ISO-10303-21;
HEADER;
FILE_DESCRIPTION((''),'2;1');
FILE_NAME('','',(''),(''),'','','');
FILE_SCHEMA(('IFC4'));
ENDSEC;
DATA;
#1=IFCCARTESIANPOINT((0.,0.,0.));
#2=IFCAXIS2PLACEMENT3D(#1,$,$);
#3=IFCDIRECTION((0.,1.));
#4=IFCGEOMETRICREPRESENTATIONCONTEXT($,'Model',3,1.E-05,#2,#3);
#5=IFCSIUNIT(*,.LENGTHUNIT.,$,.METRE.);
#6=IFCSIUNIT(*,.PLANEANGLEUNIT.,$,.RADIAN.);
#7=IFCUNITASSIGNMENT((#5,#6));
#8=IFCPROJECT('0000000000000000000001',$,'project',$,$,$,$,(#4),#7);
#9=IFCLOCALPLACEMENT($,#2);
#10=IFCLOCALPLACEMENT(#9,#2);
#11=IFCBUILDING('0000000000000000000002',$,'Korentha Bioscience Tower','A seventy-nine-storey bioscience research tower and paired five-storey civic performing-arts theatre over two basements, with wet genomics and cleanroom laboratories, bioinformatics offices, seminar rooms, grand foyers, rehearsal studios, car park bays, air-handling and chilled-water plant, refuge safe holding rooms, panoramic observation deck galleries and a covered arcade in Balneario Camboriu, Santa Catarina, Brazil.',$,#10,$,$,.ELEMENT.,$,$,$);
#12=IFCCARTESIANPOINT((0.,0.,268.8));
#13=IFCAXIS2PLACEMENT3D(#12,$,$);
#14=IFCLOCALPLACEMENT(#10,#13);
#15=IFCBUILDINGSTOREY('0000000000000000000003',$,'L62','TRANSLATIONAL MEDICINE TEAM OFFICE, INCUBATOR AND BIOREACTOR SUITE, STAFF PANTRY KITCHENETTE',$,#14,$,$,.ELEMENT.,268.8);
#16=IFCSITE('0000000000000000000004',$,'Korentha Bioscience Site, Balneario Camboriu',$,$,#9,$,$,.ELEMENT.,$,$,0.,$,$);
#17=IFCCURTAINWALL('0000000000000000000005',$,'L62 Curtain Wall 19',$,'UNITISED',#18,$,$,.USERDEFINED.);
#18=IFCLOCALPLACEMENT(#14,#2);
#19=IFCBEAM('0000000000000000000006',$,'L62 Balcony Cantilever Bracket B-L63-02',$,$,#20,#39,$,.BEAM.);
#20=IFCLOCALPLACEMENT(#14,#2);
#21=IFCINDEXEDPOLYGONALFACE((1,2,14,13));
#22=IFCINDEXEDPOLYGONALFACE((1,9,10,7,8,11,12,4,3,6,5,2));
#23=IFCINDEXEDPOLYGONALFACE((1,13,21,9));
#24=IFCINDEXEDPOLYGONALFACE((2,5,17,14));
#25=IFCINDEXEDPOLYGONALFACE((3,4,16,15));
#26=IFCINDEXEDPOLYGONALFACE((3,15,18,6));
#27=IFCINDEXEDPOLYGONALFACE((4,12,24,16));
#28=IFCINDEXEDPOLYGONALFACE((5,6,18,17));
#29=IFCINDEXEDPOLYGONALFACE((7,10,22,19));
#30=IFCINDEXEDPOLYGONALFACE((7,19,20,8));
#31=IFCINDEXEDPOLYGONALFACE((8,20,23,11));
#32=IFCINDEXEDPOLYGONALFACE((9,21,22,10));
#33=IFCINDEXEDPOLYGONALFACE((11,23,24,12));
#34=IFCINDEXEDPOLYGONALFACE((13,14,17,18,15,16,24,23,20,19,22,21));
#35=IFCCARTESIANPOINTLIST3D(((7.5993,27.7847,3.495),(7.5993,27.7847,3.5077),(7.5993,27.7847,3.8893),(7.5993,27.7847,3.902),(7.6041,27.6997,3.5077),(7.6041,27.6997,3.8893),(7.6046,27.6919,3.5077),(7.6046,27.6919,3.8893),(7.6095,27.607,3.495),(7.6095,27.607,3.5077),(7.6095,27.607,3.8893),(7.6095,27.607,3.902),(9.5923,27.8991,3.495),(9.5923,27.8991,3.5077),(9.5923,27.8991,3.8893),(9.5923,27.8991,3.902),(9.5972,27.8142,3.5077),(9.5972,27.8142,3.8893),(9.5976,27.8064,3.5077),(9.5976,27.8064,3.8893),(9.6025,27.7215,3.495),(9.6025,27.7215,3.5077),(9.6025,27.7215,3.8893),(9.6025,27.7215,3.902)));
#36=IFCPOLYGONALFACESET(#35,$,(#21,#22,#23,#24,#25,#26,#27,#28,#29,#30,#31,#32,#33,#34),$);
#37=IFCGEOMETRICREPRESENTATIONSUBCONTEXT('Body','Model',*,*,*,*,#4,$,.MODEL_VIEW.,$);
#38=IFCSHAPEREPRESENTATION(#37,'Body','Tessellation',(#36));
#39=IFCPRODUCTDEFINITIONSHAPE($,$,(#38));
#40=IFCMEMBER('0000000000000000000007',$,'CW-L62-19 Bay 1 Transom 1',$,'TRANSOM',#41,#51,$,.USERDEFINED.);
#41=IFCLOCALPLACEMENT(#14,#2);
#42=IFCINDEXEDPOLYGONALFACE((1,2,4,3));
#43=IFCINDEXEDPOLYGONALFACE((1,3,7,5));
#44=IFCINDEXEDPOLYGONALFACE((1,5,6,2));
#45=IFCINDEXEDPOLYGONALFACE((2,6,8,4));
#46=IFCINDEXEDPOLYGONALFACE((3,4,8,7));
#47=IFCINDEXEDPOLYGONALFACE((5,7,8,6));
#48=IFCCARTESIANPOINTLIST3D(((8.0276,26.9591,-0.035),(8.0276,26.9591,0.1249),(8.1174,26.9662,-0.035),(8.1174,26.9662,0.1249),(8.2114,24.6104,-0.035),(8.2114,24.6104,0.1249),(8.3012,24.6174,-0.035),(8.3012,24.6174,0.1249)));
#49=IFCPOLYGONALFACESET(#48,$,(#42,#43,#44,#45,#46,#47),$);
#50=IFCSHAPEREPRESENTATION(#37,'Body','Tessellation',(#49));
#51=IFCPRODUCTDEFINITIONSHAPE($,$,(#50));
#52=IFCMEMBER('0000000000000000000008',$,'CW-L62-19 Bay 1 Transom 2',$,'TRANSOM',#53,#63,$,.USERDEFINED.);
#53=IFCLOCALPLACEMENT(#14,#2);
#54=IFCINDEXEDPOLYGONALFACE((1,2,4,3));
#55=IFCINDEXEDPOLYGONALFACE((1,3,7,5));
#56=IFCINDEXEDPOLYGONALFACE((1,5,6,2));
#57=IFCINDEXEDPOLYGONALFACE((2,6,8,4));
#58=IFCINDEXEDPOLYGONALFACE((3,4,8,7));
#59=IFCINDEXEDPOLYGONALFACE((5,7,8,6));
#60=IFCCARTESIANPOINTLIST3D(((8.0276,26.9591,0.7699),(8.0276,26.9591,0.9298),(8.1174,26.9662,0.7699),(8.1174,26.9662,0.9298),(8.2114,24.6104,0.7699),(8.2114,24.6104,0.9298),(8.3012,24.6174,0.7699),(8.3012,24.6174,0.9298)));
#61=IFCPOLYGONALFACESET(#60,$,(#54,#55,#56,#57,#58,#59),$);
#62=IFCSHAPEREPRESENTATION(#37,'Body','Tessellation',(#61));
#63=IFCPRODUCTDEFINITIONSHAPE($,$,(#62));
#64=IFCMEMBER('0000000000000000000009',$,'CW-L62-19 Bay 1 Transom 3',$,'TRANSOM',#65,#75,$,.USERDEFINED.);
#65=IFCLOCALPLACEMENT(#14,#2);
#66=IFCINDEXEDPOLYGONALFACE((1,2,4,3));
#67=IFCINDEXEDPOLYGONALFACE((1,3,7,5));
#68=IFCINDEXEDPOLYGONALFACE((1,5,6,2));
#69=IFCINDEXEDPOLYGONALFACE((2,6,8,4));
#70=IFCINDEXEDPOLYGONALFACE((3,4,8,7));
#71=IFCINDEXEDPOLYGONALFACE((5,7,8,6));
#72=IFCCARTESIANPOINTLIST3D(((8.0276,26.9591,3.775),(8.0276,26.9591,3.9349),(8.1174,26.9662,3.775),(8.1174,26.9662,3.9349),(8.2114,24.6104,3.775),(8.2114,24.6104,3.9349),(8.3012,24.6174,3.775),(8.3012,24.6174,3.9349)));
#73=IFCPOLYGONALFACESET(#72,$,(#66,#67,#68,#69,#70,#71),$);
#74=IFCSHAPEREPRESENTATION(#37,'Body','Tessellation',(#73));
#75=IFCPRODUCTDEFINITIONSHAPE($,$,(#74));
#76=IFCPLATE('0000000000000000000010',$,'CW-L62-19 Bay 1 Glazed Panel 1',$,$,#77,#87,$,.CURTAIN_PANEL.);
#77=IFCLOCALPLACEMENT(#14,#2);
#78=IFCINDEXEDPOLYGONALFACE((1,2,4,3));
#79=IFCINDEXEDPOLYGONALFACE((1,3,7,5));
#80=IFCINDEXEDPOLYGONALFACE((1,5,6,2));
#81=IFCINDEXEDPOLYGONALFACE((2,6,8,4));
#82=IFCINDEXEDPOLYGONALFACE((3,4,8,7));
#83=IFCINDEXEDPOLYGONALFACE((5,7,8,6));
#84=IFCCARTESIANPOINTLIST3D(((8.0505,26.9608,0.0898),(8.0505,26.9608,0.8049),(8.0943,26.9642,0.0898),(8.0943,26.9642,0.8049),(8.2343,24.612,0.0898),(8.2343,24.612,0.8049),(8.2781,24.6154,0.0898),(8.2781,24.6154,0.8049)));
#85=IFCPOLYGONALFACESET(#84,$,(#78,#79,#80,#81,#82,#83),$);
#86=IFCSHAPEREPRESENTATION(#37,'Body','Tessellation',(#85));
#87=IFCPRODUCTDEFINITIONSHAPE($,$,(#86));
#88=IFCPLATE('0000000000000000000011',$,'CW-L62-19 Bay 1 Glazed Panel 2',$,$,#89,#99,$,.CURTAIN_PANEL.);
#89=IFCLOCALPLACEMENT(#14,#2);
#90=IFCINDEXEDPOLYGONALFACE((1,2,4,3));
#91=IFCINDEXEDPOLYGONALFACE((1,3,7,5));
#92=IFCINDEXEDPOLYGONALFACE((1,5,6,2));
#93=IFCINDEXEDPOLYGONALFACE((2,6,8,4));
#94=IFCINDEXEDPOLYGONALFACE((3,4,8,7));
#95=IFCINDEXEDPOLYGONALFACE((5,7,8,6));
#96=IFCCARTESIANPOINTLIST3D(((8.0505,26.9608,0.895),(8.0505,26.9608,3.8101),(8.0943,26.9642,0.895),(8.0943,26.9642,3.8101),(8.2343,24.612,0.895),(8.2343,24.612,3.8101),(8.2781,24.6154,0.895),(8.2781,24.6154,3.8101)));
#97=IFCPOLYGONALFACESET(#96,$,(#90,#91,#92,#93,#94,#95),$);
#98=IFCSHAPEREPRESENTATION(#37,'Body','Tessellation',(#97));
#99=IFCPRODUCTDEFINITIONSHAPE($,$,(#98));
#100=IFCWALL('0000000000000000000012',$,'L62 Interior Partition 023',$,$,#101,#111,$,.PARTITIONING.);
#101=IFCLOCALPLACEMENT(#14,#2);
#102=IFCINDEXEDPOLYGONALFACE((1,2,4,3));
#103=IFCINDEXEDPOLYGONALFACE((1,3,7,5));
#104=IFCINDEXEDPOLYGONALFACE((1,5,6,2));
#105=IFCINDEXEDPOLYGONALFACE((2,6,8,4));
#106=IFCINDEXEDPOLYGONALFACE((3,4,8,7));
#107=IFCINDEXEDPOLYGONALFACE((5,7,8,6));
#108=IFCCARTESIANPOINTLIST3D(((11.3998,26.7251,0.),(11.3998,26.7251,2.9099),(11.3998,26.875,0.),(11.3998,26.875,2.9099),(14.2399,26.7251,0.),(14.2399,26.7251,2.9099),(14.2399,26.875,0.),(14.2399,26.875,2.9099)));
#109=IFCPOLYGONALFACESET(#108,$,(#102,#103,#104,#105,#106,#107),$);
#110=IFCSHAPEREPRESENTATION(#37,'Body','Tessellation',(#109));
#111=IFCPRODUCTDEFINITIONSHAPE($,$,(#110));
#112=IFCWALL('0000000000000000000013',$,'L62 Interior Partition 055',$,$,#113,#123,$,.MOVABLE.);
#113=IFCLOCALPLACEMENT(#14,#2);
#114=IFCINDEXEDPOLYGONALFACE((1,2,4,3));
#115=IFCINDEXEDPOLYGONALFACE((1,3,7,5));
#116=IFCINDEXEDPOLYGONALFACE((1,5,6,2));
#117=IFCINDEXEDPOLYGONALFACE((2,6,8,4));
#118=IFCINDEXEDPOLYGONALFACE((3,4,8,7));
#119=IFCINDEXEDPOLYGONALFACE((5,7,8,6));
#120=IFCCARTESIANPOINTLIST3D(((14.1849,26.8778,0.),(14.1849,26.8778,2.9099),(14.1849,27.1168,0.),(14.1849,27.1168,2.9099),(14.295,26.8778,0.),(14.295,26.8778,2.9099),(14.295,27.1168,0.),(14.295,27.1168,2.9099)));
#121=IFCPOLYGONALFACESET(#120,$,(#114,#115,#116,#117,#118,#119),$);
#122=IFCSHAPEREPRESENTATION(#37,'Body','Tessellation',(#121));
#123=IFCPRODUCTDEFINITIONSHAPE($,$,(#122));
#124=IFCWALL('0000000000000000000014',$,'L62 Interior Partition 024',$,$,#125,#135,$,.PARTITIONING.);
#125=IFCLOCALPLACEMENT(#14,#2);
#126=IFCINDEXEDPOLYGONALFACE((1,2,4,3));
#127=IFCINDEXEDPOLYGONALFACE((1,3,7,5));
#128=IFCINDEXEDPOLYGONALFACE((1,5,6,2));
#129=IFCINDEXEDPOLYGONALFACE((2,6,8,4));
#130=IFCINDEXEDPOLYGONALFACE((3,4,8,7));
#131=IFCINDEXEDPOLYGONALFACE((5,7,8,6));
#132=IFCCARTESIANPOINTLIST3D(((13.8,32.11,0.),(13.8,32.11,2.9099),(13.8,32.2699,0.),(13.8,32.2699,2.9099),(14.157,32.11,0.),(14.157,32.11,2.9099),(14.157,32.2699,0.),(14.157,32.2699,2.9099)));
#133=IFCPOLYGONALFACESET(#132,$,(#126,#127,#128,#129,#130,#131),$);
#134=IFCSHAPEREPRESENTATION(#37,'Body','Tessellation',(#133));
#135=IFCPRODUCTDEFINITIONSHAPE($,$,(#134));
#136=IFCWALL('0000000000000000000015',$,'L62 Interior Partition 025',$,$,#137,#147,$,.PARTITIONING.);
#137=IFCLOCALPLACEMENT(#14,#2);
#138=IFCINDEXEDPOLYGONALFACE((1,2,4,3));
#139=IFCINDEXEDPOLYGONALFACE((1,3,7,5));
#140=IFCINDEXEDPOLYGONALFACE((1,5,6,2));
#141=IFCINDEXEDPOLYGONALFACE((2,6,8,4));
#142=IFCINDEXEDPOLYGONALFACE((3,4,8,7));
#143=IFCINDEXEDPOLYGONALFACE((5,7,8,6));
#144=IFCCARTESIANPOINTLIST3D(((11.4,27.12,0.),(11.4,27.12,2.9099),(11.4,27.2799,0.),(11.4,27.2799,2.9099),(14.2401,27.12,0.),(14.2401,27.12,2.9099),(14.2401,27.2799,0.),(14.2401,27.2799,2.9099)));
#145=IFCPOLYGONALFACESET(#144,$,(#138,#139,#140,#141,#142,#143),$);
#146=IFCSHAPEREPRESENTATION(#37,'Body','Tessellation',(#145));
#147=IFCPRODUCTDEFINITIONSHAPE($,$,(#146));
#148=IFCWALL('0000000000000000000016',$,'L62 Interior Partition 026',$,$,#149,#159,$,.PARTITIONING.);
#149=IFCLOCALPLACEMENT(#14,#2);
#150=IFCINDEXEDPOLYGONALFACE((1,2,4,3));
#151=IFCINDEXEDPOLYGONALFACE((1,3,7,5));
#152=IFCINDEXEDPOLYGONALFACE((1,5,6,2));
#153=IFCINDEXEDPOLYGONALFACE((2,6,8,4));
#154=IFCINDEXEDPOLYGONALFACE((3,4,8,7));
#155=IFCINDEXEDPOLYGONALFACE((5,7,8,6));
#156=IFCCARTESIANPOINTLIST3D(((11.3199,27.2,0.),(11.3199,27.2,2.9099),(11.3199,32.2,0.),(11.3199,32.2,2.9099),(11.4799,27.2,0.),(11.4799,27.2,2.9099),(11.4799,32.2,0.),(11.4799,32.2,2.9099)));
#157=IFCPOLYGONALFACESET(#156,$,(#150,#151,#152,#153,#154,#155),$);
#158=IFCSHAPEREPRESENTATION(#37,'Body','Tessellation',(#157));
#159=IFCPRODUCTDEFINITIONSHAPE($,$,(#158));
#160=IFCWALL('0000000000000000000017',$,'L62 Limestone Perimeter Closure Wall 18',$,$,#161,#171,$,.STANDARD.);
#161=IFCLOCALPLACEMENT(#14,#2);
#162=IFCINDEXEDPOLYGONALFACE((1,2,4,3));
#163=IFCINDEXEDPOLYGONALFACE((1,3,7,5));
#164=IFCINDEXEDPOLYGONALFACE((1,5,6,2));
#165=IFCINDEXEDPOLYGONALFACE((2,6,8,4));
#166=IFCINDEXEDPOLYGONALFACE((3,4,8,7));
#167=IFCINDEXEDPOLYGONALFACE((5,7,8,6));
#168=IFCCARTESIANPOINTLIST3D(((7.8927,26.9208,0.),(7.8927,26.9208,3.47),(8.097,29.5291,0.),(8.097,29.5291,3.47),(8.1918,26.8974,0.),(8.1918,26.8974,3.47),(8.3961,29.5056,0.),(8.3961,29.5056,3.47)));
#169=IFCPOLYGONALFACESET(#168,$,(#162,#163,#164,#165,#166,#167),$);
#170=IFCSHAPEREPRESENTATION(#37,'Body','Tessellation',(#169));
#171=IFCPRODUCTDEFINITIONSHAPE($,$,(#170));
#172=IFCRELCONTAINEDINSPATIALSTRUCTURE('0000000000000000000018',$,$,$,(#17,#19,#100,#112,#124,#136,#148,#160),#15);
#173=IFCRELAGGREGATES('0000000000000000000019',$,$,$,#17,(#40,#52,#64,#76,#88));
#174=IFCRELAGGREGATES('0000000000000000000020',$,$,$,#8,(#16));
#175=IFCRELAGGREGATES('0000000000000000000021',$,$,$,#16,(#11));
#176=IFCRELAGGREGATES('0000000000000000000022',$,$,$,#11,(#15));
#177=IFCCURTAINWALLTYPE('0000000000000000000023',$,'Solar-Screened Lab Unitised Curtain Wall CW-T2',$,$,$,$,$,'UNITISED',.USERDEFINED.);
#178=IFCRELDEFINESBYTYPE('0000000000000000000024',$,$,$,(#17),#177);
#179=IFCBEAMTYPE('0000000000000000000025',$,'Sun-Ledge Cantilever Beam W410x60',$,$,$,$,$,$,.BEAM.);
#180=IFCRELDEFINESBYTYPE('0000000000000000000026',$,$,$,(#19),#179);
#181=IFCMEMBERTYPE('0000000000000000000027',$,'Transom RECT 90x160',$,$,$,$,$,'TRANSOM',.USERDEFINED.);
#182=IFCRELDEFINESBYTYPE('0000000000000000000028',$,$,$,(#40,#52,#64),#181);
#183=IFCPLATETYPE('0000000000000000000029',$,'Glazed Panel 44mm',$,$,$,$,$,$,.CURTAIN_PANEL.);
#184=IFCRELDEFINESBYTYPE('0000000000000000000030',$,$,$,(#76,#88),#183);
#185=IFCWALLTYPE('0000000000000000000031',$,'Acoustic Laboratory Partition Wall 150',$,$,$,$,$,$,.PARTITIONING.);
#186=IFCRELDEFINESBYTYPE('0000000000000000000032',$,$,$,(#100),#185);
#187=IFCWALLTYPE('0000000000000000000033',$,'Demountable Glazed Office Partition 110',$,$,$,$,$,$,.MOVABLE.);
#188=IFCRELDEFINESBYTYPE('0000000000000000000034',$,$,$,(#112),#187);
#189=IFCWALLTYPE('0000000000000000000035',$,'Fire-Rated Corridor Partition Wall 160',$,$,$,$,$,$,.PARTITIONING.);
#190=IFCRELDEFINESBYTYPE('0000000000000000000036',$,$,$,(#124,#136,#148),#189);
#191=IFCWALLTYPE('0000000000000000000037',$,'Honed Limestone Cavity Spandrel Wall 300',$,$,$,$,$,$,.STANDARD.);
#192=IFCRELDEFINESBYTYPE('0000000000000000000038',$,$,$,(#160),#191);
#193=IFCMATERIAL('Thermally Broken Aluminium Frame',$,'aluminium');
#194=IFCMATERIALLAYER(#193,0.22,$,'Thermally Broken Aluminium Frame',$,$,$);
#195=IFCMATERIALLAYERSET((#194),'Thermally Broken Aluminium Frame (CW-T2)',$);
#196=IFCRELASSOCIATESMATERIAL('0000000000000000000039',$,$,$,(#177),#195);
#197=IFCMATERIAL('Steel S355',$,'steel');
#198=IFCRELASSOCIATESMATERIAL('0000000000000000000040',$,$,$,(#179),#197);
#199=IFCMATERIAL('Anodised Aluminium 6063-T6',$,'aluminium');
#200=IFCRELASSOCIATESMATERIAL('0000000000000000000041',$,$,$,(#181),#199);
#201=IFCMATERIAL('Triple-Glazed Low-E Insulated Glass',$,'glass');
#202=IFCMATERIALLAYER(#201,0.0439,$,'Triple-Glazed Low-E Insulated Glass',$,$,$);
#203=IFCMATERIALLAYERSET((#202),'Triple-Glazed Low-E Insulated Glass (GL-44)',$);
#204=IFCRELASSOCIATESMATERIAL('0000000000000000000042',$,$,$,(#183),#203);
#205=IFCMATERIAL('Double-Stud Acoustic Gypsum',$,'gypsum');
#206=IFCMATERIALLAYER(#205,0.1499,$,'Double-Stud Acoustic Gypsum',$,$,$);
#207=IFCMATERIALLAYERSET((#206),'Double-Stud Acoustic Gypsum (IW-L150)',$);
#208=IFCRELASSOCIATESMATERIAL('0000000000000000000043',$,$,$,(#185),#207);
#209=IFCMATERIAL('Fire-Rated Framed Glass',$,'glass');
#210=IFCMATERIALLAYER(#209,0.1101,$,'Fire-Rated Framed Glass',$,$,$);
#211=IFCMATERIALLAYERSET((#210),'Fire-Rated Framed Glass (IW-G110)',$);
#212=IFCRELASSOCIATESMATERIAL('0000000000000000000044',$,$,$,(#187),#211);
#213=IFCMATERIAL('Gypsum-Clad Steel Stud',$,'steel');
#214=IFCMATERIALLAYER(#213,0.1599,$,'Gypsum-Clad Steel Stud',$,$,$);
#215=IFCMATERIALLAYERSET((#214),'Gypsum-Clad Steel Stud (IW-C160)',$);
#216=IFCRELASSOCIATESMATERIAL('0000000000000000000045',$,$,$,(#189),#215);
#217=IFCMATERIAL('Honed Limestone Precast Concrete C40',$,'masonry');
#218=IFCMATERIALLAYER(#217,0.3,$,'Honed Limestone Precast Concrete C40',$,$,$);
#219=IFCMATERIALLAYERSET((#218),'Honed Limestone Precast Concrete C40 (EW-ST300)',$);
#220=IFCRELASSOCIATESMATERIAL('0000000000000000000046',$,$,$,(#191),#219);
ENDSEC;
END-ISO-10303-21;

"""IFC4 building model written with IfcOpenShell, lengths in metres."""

from ifc_helpers import new_model, si_unit, direction, frame, frame_2d, origin, origin_2d, place, context, subcontext, project, spatial, rectangle, i_section, extrude, material, layer, layer_set, material_profile, profile_set, type_object, element, aggregate, save


model = new_model("IFC4")

# Units and contexts
model_context = context("Model", 3, precision=1e-05, world=origin(), true_north=direction((0.0, 1.0)))
body_context = subcontext(model_context, "Body", "Model", "MODEL_VIEW")
ifc_project = project(units=[si_unit("LENGTHUNIT", "METRE"), si_unit("PLANEANGLEUNIT", "RADIAN")], contexts=[model_context])

# Site, building, storey
site_placement = place(None, origin())
site = spatial("IfcSite", under=ifc_project, at=site_placement, Name="Korentha Bioscience Site, Balneario Camboriu", CompositionType="ELEMENT", RefElevation=0.0)
building_placement = place(site_placement, origin())
building = spatial("IfcBuilding", under=site, at=building_placement, Name="Korentha Bioscience Tower", Description="A seventy-nine-storey bioscience research tower and paired five-storey civic performing-arts theatre over two basements, with wet genomics and cleanroom laboratories, bioinformatics offices, seminar rooms, grand foyers, rehearsal studios, car park bays, air-handling and chilled-water plant, refuge safe holding rooms, panoramic observation deck galleries and a covered arcade in Balneario Camboriu, Santa Catarina, Brazil.", CompositionType="ELEMENT")
storey_placement = place(building_placement, frame((0.0, 0.0, 268.8)))
storey = spatial("IfcBuildingStorey", under=building, at=storey_placement, Name="L62", Description="TRANSLATIONAL MEDICINE TEAM OFFICE, INCUBATOR AND BIOREACTOR SUITE, STAFF PANTRY KITCHENETTE", CompositionType="ELEMENT", Elevation=268.8)

# Shared definitions
ifc_material_1 = material(Name="Steel S355", Category="steel")

# Curtain wall
ifc_material_2 = material(Name="Thermally Broken Aluminium Frame", Category="aluminium")
ifc_layer_1 = layer(ifc_material_2, 0.22, Name="Thermally Broken Aluminium Frame")
ifc_layer_set_1 = layer_set([ifc_layer_1], Name="Thermally Broken Aluminium Frame (CW-T2)")
curtain_wall_type = type_object("IfcCurtainWallType", Name="Solar-Screened Lab Unitised Curtain Wall CW-T2", ElementType="UNITISED", PredefinedType="USERDEFINED", material=ifc_layer_set_1)
curtain_wall_placement = place(storey_placement, origin())
curtain_wall = element("IfcCurtainWall", 1, at=curtain_wall_placement, inside=storey, type_object=curtain_wall_type, Name="L62 Curtain Wall 19", ObjectType="UNITISED", PredefinedType="USERDEFINED")
ifc_material_3 = material(Name="Anodised Aluminium 6063-T6", Category="aluminium")

# Beam
ifc_material_profile_1 = material_profile(ifc_material_1, i_section(OverallWidth=0.178, OverallDepth=0.407, WebThickness=0.0078, FlangeThickness=0.0127, at=origin_2d()), Name="Steel S355")
ifc_profile_set_1 = profile_set([ifc_material_profile_1], Name="Steel S355 (CB-410)")
beam_type_1 = type_object("IfcBeamType", Name="Sun-Ledge Cantilever Beam W410x60", PredefinedType="BEAM", material=ifc_profile_set_1)
beam_1_placement = place(storey_placement, frame((9.5974, 27.8103, 3.6985), z_axis=(-0.998354, -0.057353, 0.0), x_axis=(0.057353, -0.998354, 0.0)))
element("IfcBeam", 2, at=beam_1_placement, inside=storey, type_object=beam_type_1, Name="L62 Balcony Cantilever Bracket B-L63-02", PredefinedType="BEAM", context=body_context, shape_type="SweptSolid", body=[
    extrude(i_section(OverallWidth=0.178, OverallDepth=0.407, WebThickness=0.0078, FlangeThickness=0.0127, at=origin_2d()), origin(), (0.0, 0.0, 1.0), 1.9963),
])

# Members
ifc_material_profile_2 = material_profile(ifc_material_3, rectangle(XDim=0.0901, YDim=0.1599, at=origin_2d()), Name="Anodised Aluminium 6063-T6")
ifc_profile_set_2 = profile_set([ifc_material_profile_2], Name="Anodised Aluminium 6063-T6 (CW-TRN)")
member_type_1 = type_object("IfcMemberType", Name="Transom RECT 90x160", ElementType="TRANSOM", PredefinedType="USERDEFINED", material=ifc_profile_set_2)
member_1_placement = place(storey_placement, frame((8.0725, 26.9626, 0.0449), z_axis=(0.078028, -0.996951, 0.0), x_axis=(0.996951, 0.078028, 0.0)))
member_1 = element("IfcMember", 3, at=member_1_placement, type_object=member_type_1, Name="CW-L62-19 Bay 1 Transom 1", ObjectType="TRANSOM", PredefinedType="USERDEFINED", context=body_context, shape_type="SweptSolid", body=[
    extrude(rectangle(XDim=0.0901, YDim=0.1599, at=origin_2d()), origin(), (0.0, 0.0, 1.0), 2.356),
])
member_2_placement = place(storey_placement, frame((8.0725, 26.9626, 0.8499), z_axis=(0.078028, -0.996951, 0.0), x_axis=(0.996951, 0.078028, 0.0)))
member_2 = element("IfcMember", 4, at=member_2_placement, type_object=member_type_1, Name="CW-L62-19 Bay 1 Transom 2", ObjectType="TRANSOM", PredefinedType="USERDEFINED", context=body_context, shape_type="SweptSolid", body=[
    extrude(rectangle(XDim=0.0901, YDim=0.1599, at=origin_2d()), origin(), (0.0, 0.0, 1.0), 2.356),
])
member_3_placement = place(storey_placement, frame((8.0725, 26.9626, 3.855), z_axis=(0.078028, -0.996951, 0.0), x_axis=(0.996951, 0.078028, 0.0)))
member_3 = element("IfcMember", 5, at=member_3_placement, type_object=member_type_1, Name="CW-L62-19 Bay 1 Transom 3", ObjectType="TRANSOM", PredefinedType="USERDEFINED", context=body_context, shape_type="SweptSolid", body=[
    extrude(rectangle(XDim=0.0901, YDim=0.1599, at=origin_2d()), origin(), (0.0, 0.0, 1.0), 2.356),
])

# Plates
ifc_material_4 = material(Name="Triple-Glazed Low-E Insulated Glass", Category="glass")
ifc_layer_2 = layer(ifc_material_4, 0.0439, Name="Triple-Glazed Low-E Insulated Glass")
ifc_layer_set_2 = layer_set([ifc_layer_2], Name="Triple-Glazed Low-E Insulated Glass (GL-44)")
plate_type = type_object("IfcPlateType", Name="Glazed Panel 44mm", PredefinedType="CURTAIN_PANEL", material=ifc_layer_set_2)
plate_1_placement = place(storey_placement, frame((8.1643, 25.7881, 0.0898), z_axis=(0.0, 0.0, 1.0), x_axis=(0.078035, -0.996951, 0.0)))
plate_1 = element("IfcPlate", 6, at=plate_1_placement, type_object=plate_type, Name="CW-L62-19 Bay 1 Glazed Panel 1", PredefinedType="CURTAIN_PANEL", context=body_context, shape_type="SweptSolid", body=[
    extrude(rectangle(XDim=2.356, YDim=0.0439, at=origin_2d()), origin(), (0.0, 0.0, 1.0), 0.7151),
])
plate_2_placement = place(storey_placement, frame((8.1643, 25.7881, 0.895), z_axis=(0.0, 0.0, 1.0), x_axis=(0.078035, -0.996951, 0.0)))
plate_2 = element("IfcPlate", 7, at=plate_2_placement, type_object=plate_type, Name="CW-L62-19 Bay 1 Glazed Panel 2", PredefinedType="CURTAIN_PANEL", context=body_context, shape_type="SweptSolid", body=[
    extrude(rectangle(XDim=2.356, YDim=0.0439, at=origin_2d()), origin(), (0.0, 0.0, 1.0), 2.915),
])
aggregate(curtain_wall, [member_1, member_2, member_3, plate_1, plate_2])

# Shared definitions
ifc_material_5 = material(Name="Double-Stud Acoustic Gypsum", Category="gypsum")
ifc_layer_3 = layer(ifc_material_5, 0.1499, Name="Double-Stud Acoustic Gypsum")
ifc_layer_set_3 = layer_set([ifc_layer_3], Name="Double-Stud Acoustic Gypsum (IW-L150)")
wall_type_1 = type_object("IfcWallType", Name="Acoustic Laboratory Partition Wall 150", PredefinedType="PARTITIONING", material=ifc_layer_set_3)

# Walls
wall_1_placement = place(storey_placement, frame((11.3999, 26.8, 0.0), z_axis=(0.0, 0.0, 1.0), x_axis=(1.0, 0.0, 0.0)))
element("IfcWall", 8, at=wall_1_placement, inside=storey, type_object=wall_type_1, Name="L62 Interior Partition 023", PredefinedType="PARTITIONING", context=body_context, shape_type="SweptSolid", body=[
    extrude(rectangle(XDim=2.8401, YDim=0.1499, at=frame_2d((1.4199, 0.0))), origin(), (0.0, 0.0, 1.0), 2.9099),
])
ifc_material_6 = material(Name="Fire-Rated Framed Glass", Category="glass")
ifc_layer_4 = layer(ifc_material_6, 0.1101, Name="Fire-Rated Framed Glass")
ifc_layer_set_4 = layer_set([ifc_layer_4], Name="Fire-Rated Framed Glass (IW-G110)")
wall_type_2 = type_object("IfcWallType", Name="Demountable Glazed Office Partition 110", PredefinedType="MOVABLE", material=ifc_layer_set_4)
wall_2_placement = place(storey_placement, frame((14.24, 27.1169, 0.0), z_axis=(0.0, 0.0, 1.0), x_axis=(0.0, -1.0, 0.0)))
element("IfcWall", 9, at=wall_2_placement, inside=storey, type_object=wall_type_2, Name="L62 Interior Partition 055", PredefinedType="MOVABLE", context=body_context, shape_type="SweptSolid", body=[
    extrude(rectangle(XDim=0.239, YDim=0.1101, at=frame_2d((0.1196, 0.0))), origin(), (0.0, 0.0, 1.0), 2.9099),
])

# Shared definitions
ifc_material_7 = material(Name="Gypsum-Clad Steel Stud", Category="steel")
ifc_layer_5 = layer(ifc_material_7, 0.1599, Name="Gypsum-Clad Steel Stud")
ifc_layer_set_5 = layer_set([ifc_layer_5], Name="Gypsum-Clad Steel Stud (IW-C160)")
wall_type_3 = type_object("IfcWallType", Name="Fire-Rated Corridor Partition Wall 160", PredefinedType="PARTITIONING", material=ifc_layer_set_5)

# Walls
wall_3_placement = place(storey_placement, frame((13.8, 32.1899, 0.0), z_axis=(0.0, 0.0, 1.0), x_axis=(1.0, 0.0, 0.0)))
element("IfcWall", 10, at=wall_3_placement, inside=storey, type_object=wall_type_3, Name="L62 Interior Partition 024", PredefinedType="PARTITIONING", context=body_context, shape_type="SweptSolid", body=[
    extrude(rectangle(XDim=0.3569, YDim=0.1599, at=frame_2d((0.1785, 0.0))), origin(), (0.0, 0.0, 1.0), 2.9099),
])
wall_4_placement = place(storey_placement, frame((14.24, 27.2, 0.0), z_axis=(0.0, 0.0, 1.0), x_axis=(-1.0, 0.0, 0.0)))
element("IfcWall", 11, at=wall_4_placement, inside=storey, type_object=wall_type_3, Name="L62 Interior Partition 025", PredefinedType="PARTITIONING", context=body_context, shape_type="SweptSolid", body=[
    extrude(rectangle(XDim=2.8401, YDim=0.1599, at=frame_2d((1.4199, 0.0))), origin(), (0.0, 0.0, 1.0), 2.9099),
])
wall_5_placement = place(storey_placement, frame((11.3999, 27.2, 0.0), z_axis=(0.0, 0.0, 1.0), x_axis=(0.0, 1.0, 0.0)))
element("IfcWall", 12, at=wall_5_placement, inside=storey, type_object=wall_type_3, Name="L62 Interior Partition 026", PredefinedType="PARTITIONING", context=body_context, shape_type="SweptSolid", body=[
    extrude(rectangle(XDim=5.0, YDim=0.1599, at=frame_2d((2.5, 0.0))), origin(), (0.0, 0.0, 1.0), 2.9099),
])
ifc_material_8 = material(Name="Honed Limestone Precast Concrete C40", Category="masonry")
ifc_layer_6 = layer(ifc_material_8, 0.3, Name="Honed Limestone Precast Concrete C40")
ifc_layer_set_6 = layer_set([ifc_layer_6], Name="Honed Limestone Precast Concrete C40 (EW-ST300)")
wall_type_4 = type_object("IfcWallType", Name="Honed Limestone Cavity Spandrel Wall 300", PredefinedType="STANDARD", material=ifc_layer_set_6)
wall_6_placement = place(storey_placement, frame((8.2466, 29.5173, 0.0), z_axis=(0.0, 0.0, 1.0), x_axis=(-0.078109, -0.996945, 0.0)))
element("IfcWall", 13, at=wall_6_placement, inside=storey, type_object=wall_type_4, Name="L62 Limestone Perimeter Closure Wall 18", PredefinedType="STANDARD", context=body_context, shape_type="SweptSolid", body=[
    extrude(rectangle(XDim=2.6162, YDim=0.3, at=frame_2d((1.3081, 0.0))), origin(), (0.0, 0.0, 1.0), 3.47),
])

save(model, "model.ifc")
